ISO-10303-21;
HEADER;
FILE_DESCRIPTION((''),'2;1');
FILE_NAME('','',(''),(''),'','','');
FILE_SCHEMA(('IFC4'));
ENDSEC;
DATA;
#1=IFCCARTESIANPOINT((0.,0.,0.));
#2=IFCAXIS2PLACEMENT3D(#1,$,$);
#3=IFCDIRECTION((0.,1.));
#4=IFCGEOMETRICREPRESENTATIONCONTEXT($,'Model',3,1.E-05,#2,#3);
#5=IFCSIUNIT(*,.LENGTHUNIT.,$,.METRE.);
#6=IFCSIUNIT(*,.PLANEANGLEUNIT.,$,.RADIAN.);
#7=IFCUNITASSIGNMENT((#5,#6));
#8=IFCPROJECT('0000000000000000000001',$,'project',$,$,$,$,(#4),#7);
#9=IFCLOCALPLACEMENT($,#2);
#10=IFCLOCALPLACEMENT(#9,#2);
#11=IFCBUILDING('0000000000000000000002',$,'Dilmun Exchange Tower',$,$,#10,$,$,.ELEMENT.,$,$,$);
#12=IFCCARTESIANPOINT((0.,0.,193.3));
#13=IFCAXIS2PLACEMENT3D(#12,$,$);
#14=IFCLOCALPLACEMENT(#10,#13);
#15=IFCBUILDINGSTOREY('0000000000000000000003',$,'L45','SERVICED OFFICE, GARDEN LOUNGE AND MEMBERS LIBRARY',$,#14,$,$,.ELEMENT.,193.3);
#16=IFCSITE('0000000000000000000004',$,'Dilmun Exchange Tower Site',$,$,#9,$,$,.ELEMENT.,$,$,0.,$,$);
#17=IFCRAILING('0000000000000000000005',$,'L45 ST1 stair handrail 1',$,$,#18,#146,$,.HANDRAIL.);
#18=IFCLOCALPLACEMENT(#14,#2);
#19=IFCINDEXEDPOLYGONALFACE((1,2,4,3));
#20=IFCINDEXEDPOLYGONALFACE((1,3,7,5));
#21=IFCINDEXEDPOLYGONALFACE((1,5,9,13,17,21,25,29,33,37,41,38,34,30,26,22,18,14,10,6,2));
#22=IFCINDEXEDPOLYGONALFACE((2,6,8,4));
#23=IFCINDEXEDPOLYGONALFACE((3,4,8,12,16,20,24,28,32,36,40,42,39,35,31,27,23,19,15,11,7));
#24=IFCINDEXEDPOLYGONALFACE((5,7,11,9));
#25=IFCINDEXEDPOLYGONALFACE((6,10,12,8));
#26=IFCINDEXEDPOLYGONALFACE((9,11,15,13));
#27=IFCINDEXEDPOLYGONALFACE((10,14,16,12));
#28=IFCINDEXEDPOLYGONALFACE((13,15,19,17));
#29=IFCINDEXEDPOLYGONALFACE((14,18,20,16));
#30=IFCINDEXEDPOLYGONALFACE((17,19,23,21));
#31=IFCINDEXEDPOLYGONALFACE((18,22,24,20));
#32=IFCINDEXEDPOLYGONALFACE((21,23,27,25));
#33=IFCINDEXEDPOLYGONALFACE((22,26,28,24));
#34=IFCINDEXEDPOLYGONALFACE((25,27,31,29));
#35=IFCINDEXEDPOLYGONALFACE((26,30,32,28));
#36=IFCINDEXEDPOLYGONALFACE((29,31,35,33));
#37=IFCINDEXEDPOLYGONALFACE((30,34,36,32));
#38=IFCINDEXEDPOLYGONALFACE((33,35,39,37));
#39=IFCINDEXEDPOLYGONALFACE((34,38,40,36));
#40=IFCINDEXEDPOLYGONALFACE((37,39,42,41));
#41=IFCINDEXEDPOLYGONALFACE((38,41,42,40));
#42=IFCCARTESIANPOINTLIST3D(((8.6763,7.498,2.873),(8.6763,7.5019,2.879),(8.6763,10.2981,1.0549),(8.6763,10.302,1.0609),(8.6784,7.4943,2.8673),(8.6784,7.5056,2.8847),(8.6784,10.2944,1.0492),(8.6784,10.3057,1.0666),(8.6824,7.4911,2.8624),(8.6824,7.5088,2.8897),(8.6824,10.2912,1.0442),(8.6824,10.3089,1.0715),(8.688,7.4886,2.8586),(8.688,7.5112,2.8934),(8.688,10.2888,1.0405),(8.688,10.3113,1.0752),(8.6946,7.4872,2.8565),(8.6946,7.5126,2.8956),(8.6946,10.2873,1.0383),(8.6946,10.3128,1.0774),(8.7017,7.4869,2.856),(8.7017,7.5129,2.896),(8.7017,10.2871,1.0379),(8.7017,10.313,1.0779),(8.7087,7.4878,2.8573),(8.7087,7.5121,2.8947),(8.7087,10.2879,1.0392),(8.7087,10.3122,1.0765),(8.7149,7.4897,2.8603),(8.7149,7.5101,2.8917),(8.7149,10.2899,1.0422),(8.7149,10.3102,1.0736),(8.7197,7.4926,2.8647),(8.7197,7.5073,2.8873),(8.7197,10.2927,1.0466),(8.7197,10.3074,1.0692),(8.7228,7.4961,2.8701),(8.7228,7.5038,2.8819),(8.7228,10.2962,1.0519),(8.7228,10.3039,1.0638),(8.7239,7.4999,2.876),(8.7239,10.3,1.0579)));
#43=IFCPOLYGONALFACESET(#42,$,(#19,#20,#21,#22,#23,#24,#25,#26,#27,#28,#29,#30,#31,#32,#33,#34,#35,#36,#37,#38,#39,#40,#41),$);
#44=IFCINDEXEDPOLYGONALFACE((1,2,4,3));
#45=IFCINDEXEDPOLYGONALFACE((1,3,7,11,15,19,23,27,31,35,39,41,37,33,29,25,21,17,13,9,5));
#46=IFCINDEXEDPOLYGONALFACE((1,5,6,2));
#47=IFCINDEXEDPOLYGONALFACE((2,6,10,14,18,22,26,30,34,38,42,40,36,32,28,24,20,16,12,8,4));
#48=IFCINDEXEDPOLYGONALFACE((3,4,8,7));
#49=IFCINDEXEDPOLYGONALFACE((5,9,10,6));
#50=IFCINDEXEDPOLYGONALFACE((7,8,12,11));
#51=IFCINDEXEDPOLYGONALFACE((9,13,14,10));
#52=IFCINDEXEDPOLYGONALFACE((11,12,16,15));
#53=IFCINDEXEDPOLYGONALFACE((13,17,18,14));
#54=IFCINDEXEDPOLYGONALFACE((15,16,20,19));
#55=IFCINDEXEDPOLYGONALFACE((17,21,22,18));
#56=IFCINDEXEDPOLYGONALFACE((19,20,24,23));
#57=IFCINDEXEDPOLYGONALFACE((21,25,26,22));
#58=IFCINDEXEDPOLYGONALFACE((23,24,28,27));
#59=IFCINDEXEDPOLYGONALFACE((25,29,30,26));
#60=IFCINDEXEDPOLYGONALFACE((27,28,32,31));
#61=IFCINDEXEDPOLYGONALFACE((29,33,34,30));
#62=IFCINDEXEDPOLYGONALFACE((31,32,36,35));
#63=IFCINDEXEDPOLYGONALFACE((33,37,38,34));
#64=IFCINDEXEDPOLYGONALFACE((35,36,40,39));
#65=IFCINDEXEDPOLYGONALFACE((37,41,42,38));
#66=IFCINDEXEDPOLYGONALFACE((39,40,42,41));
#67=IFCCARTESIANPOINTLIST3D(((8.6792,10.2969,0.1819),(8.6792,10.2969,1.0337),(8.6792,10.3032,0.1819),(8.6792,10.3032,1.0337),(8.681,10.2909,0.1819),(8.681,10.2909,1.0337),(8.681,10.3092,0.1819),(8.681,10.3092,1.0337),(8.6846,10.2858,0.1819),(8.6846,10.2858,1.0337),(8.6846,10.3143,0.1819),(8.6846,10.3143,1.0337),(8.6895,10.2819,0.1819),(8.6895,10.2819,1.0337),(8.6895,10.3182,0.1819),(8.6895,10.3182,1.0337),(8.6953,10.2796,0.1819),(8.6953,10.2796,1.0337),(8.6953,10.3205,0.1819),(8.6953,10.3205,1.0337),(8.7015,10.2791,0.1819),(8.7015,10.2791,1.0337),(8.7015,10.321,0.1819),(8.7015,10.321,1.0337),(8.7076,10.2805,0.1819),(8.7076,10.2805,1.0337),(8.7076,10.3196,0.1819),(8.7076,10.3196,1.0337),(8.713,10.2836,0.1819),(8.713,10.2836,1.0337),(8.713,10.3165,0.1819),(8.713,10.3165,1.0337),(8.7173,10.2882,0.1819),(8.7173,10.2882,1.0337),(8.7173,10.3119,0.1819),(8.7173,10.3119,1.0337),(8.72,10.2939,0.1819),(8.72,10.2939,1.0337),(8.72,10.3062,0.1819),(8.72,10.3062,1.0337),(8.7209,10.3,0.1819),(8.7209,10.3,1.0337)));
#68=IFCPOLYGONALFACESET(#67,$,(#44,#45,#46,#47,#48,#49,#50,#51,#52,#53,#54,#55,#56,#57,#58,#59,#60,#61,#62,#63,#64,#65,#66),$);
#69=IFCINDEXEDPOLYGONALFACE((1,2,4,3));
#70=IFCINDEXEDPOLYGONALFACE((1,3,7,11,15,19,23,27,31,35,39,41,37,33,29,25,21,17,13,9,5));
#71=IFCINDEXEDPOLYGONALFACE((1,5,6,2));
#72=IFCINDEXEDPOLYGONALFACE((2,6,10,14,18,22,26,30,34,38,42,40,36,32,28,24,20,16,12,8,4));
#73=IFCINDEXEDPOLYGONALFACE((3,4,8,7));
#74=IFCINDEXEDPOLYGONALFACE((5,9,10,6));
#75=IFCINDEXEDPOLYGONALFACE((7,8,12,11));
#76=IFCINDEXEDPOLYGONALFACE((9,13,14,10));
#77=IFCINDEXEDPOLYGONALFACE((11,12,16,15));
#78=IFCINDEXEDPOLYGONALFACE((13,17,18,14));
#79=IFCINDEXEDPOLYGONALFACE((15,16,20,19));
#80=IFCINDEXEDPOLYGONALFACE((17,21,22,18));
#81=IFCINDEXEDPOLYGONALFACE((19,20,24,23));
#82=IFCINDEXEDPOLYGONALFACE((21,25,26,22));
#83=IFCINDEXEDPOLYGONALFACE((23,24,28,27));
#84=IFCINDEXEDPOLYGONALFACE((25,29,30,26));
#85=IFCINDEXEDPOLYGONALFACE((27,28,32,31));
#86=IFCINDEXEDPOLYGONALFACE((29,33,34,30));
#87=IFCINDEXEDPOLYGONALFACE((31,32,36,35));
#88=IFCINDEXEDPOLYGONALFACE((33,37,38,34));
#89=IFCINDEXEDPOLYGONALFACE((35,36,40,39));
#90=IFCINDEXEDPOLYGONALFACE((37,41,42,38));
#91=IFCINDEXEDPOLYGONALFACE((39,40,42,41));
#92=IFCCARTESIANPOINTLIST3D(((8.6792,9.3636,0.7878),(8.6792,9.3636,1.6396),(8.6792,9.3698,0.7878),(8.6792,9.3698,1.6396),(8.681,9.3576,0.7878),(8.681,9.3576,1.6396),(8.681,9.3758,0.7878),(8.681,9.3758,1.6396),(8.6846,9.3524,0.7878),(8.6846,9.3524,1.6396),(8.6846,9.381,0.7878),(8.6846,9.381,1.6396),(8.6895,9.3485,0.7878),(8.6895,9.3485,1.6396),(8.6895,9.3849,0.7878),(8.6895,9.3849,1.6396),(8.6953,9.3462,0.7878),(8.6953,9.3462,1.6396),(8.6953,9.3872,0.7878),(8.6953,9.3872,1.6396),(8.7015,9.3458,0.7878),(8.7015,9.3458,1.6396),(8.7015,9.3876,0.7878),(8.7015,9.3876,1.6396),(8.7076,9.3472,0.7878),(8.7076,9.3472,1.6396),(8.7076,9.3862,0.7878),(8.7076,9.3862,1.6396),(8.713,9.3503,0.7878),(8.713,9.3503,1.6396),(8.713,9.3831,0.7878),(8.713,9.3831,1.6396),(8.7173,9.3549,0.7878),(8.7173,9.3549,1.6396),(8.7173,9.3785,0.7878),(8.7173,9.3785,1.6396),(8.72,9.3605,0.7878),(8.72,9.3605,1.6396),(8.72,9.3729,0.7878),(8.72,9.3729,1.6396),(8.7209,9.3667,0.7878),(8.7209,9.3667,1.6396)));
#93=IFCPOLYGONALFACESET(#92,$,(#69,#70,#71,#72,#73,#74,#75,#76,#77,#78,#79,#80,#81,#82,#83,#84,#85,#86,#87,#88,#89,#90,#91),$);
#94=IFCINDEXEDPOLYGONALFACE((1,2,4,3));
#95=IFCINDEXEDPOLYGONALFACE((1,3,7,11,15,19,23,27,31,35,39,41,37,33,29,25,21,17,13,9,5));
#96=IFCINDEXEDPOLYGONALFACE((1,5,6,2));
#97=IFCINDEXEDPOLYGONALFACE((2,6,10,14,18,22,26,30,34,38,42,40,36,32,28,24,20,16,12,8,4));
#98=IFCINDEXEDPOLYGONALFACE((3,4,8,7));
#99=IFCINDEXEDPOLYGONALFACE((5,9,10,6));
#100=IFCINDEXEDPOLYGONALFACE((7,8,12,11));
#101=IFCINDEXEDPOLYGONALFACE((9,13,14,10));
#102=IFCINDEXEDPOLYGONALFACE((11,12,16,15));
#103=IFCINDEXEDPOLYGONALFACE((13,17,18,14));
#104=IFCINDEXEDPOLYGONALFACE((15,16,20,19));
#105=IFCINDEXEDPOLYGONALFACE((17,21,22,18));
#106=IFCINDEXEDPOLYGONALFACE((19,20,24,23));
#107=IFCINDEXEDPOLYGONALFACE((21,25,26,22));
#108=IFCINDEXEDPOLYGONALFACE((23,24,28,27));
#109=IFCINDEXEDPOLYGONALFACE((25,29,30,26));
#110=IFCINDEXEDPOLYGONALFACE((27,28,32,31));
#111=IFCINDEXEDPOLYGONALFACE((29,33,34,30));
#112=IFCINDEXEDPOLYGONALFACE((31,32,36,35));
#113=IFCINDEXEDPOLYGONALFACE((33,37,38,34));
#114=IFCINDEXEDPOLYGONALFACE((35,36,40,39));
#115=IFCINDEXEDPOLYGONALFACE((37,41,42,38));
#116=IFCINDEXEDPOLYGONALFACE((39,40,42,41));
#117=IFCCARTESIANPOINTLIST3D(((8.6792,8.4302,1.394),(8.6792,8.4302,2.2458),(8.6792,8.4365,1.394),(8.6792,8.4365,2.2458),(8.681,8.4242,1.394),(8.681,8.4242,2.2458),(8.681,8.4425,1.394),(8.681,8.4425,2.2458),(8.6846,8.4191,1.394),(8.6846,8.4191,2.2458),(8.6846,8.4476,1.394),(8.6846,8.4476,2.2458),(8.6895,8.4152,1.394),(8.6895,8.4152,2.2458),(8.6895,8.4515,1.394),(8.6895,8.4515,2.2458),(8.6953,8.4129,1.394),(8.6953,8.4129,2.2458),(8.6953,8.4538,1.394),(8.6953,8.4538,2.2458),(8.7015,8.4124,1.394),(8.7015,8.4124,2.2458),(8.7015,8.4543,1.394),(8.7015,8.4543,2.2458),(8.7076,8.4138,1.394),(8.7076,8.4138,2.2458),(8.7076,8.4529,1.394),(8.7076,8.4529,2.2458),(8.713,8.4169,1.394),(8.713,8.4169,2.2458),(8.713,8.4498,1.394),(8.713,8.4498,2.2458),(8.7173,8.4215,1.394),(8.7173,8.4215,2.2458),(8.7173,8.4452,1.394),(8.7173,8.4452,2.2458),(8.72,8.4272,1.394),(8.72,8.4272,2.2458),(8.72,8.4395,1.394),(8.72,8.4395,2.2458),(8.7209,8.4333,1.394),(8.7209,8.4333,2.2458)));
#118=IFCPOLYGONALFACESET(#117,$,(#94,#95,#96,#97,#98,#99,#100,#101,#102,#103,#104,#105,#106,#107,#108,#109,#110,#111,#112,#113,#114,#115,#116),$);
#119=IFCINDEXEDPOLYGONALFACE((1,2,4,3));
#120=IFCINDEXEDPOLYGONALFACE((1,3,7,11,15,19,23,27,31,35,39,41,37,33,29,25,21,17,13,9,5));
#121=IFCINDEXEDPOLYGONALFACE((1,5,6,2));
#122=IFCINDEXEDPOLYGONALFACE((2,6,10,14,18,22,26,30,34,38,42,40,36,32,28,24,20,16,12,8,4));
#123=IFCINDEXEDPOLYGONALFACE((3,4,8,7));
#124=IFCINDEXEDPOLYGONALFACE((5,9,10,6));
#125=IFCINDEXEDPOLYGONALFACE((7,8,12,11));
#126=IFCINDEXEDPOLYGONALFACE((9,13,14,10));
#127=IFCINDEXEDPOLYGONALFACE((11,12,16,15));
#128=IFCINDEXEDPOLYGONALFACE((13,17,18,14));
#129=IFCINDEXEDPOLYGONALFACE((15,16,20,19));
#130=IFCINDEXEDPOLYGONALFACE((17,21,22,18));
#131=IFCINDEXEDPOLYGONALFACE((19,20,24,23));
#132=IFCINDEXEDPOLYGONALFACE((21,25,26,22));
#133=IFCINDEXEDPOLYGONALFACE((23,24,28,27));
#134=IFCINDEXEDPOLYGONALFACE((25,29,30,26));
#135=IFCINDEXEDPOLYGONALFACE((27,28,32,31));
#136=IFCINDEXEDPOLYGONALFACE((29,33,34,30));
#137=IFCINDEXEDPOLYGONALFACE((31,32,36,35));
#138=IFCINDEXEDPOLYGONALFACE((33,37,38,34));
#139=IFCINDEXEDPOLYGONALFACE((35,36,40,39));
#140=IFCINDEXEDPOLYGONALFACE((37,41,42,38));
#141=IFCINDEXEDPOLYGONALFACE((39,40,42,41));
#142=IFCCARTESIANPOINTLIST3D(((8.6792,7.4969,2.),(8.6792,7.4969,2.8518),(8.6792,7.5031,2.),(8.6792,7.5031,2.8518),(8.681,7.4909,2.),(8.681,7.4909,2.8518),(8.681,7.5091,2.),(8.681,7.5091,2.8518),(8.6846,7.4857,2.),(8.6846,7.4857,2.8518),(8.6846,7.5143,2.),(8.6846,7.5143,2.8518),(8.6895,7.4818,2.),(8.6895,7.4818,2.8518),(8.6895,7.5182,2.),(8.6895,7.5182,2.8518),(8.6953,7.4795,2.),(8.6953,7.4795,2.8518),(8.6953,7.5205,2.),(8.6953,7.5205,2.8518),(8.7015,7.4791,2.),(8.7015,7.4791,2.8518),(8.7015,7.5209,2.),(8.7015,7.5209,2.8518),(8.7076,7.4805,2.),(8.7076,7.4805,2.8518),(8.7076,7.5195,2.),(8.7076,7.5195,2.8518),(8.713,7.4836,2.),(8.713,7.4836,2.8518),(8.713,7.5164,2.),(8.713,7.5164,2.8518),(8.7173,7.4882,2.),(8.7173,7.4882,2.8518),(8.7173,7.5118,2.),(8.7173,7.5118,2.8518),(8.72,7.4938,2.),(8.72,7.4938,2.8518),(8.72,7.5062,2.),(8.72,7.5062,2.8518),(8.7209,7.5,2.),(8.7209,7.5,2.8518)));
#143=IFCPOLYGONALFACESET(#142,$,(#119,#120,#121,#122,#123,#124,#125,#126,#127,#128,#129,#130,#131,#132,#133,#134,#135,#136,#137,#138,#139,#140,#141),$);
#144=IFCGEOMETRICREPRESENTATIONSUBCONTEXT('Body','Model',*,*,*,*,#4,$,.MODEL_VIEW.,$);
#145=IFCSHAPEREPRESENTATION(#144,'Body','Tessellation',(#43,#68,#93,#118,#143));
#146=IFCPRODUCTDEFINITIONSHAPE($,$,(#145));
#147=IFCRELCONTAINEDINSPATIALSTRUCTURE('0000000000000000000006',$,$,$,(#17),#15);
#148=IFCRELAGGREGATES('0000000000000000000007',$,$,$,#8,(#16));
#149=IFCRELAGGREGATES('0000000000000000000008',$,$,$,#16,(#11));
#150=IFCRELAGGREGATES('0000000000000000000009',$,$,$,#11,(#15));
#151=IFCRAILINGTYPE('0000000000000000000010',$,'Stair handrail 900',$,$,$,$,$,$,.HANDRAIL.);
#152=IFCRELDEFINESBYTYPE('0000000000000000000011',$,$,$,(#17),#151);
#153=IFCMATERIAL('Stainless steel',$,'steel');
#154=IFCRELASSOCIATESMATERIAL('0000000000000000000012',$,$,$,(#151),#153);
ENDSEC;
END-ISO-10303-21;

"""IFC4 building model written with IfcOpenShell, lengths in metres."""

from ifc_helpers import new_model, si_unit, direction, frame, origin, origin_2d, place, context, subcontext, project, spatial, circle, extrude, material, type_object, element, save


model = new_model("IFC4")

# Units and contexts
model_context = context("Model", 3, precision=1e-05, world=origin(), true_north=direction((0.0, 1.0)))
body_context = subcontext(model_context, "Body", "Model", "MODEL_VIEW")
ifc_project = project(units=[si_unit("LENGTHUNIT", "METRE"), si_unit("PLANEANGLEUNIT", "RADIAN")], contexts=[model_context])

# Site, building, storey
site_placement = place(None, origin())
site = spatial("IfcSite", under=ifc_project, at=site_placement, Name="Dilmun Exchange Tower Site", CompositionType="ELEMENT", RefElevation=0.0)
building_placement = place(site_placement, origin())
building = spatial("IfcBuilding", under=site, at=building_placement, Name="Dilmun Exchange Tower", CompositionType="ELEMENT")
storey_placement = place(building_placement, frame((0.0, 0.0, 193.3)))
storey = spatial("IfcBuildingStorey", under=building, at=storey_placement, Name="L45", Description="SERVICED OFFICE, GARDEN LOUNGE AND MEMBERS LIBRARY", CompositionType="ELEMENT", Elevation=193.3)

# Railing
ifc_material_1 = material(Name="Stainless steel", Category="steel")
railing_type = type_object("IfcRailingType", Name="Stair handrail 900", PredefinedType="HANDRAIL", material=ifc_material_1)
railing_placement = place(storey_placement, frame((8.7, 10.3, 0.1819)))
element("IfcRailing", 1, at=railing_placement, inside=storey, type_object=railing_type, Name="L45 ST1 stair handrail 1", PredefinedType="HANDRAIL", context=body_context, shape_type="SweptSolid", body=[
    extrude(circle(Radius=0.0239, at=origin_2d()), frame((0.0, 0.0, 0.876), z_axis=(0.0, -0.838706, 0.544585), x_axis=(1.0, 0.0, 0.0)), (0.0, 0.0, 1.0), 3.3386),
    extrude(circle(Radius=0.021, at=origin_2d()), origin(), (0.0, 0.0, 1.0), 0.8518),
    extrude(circle(Radius=0.021, at=origin_2d()), frame((0.0, -0.9333, 0.606)), (0.0, 0.0, 1.0), 0.8518),
    extrude(circle(Radius=0.021, at=origin_2d()), frame((0.0, -1.8667, 1.2122)), (0.0, 0.0, 1.0), 0.8518),
    extrude(circle(Radius=0.021, at=origin_2d()), frame((0.0, -2.8, 1.8181)), (0.0, 0.0, 1.0), 0.8518),
])

save(model, "model.ifc")
